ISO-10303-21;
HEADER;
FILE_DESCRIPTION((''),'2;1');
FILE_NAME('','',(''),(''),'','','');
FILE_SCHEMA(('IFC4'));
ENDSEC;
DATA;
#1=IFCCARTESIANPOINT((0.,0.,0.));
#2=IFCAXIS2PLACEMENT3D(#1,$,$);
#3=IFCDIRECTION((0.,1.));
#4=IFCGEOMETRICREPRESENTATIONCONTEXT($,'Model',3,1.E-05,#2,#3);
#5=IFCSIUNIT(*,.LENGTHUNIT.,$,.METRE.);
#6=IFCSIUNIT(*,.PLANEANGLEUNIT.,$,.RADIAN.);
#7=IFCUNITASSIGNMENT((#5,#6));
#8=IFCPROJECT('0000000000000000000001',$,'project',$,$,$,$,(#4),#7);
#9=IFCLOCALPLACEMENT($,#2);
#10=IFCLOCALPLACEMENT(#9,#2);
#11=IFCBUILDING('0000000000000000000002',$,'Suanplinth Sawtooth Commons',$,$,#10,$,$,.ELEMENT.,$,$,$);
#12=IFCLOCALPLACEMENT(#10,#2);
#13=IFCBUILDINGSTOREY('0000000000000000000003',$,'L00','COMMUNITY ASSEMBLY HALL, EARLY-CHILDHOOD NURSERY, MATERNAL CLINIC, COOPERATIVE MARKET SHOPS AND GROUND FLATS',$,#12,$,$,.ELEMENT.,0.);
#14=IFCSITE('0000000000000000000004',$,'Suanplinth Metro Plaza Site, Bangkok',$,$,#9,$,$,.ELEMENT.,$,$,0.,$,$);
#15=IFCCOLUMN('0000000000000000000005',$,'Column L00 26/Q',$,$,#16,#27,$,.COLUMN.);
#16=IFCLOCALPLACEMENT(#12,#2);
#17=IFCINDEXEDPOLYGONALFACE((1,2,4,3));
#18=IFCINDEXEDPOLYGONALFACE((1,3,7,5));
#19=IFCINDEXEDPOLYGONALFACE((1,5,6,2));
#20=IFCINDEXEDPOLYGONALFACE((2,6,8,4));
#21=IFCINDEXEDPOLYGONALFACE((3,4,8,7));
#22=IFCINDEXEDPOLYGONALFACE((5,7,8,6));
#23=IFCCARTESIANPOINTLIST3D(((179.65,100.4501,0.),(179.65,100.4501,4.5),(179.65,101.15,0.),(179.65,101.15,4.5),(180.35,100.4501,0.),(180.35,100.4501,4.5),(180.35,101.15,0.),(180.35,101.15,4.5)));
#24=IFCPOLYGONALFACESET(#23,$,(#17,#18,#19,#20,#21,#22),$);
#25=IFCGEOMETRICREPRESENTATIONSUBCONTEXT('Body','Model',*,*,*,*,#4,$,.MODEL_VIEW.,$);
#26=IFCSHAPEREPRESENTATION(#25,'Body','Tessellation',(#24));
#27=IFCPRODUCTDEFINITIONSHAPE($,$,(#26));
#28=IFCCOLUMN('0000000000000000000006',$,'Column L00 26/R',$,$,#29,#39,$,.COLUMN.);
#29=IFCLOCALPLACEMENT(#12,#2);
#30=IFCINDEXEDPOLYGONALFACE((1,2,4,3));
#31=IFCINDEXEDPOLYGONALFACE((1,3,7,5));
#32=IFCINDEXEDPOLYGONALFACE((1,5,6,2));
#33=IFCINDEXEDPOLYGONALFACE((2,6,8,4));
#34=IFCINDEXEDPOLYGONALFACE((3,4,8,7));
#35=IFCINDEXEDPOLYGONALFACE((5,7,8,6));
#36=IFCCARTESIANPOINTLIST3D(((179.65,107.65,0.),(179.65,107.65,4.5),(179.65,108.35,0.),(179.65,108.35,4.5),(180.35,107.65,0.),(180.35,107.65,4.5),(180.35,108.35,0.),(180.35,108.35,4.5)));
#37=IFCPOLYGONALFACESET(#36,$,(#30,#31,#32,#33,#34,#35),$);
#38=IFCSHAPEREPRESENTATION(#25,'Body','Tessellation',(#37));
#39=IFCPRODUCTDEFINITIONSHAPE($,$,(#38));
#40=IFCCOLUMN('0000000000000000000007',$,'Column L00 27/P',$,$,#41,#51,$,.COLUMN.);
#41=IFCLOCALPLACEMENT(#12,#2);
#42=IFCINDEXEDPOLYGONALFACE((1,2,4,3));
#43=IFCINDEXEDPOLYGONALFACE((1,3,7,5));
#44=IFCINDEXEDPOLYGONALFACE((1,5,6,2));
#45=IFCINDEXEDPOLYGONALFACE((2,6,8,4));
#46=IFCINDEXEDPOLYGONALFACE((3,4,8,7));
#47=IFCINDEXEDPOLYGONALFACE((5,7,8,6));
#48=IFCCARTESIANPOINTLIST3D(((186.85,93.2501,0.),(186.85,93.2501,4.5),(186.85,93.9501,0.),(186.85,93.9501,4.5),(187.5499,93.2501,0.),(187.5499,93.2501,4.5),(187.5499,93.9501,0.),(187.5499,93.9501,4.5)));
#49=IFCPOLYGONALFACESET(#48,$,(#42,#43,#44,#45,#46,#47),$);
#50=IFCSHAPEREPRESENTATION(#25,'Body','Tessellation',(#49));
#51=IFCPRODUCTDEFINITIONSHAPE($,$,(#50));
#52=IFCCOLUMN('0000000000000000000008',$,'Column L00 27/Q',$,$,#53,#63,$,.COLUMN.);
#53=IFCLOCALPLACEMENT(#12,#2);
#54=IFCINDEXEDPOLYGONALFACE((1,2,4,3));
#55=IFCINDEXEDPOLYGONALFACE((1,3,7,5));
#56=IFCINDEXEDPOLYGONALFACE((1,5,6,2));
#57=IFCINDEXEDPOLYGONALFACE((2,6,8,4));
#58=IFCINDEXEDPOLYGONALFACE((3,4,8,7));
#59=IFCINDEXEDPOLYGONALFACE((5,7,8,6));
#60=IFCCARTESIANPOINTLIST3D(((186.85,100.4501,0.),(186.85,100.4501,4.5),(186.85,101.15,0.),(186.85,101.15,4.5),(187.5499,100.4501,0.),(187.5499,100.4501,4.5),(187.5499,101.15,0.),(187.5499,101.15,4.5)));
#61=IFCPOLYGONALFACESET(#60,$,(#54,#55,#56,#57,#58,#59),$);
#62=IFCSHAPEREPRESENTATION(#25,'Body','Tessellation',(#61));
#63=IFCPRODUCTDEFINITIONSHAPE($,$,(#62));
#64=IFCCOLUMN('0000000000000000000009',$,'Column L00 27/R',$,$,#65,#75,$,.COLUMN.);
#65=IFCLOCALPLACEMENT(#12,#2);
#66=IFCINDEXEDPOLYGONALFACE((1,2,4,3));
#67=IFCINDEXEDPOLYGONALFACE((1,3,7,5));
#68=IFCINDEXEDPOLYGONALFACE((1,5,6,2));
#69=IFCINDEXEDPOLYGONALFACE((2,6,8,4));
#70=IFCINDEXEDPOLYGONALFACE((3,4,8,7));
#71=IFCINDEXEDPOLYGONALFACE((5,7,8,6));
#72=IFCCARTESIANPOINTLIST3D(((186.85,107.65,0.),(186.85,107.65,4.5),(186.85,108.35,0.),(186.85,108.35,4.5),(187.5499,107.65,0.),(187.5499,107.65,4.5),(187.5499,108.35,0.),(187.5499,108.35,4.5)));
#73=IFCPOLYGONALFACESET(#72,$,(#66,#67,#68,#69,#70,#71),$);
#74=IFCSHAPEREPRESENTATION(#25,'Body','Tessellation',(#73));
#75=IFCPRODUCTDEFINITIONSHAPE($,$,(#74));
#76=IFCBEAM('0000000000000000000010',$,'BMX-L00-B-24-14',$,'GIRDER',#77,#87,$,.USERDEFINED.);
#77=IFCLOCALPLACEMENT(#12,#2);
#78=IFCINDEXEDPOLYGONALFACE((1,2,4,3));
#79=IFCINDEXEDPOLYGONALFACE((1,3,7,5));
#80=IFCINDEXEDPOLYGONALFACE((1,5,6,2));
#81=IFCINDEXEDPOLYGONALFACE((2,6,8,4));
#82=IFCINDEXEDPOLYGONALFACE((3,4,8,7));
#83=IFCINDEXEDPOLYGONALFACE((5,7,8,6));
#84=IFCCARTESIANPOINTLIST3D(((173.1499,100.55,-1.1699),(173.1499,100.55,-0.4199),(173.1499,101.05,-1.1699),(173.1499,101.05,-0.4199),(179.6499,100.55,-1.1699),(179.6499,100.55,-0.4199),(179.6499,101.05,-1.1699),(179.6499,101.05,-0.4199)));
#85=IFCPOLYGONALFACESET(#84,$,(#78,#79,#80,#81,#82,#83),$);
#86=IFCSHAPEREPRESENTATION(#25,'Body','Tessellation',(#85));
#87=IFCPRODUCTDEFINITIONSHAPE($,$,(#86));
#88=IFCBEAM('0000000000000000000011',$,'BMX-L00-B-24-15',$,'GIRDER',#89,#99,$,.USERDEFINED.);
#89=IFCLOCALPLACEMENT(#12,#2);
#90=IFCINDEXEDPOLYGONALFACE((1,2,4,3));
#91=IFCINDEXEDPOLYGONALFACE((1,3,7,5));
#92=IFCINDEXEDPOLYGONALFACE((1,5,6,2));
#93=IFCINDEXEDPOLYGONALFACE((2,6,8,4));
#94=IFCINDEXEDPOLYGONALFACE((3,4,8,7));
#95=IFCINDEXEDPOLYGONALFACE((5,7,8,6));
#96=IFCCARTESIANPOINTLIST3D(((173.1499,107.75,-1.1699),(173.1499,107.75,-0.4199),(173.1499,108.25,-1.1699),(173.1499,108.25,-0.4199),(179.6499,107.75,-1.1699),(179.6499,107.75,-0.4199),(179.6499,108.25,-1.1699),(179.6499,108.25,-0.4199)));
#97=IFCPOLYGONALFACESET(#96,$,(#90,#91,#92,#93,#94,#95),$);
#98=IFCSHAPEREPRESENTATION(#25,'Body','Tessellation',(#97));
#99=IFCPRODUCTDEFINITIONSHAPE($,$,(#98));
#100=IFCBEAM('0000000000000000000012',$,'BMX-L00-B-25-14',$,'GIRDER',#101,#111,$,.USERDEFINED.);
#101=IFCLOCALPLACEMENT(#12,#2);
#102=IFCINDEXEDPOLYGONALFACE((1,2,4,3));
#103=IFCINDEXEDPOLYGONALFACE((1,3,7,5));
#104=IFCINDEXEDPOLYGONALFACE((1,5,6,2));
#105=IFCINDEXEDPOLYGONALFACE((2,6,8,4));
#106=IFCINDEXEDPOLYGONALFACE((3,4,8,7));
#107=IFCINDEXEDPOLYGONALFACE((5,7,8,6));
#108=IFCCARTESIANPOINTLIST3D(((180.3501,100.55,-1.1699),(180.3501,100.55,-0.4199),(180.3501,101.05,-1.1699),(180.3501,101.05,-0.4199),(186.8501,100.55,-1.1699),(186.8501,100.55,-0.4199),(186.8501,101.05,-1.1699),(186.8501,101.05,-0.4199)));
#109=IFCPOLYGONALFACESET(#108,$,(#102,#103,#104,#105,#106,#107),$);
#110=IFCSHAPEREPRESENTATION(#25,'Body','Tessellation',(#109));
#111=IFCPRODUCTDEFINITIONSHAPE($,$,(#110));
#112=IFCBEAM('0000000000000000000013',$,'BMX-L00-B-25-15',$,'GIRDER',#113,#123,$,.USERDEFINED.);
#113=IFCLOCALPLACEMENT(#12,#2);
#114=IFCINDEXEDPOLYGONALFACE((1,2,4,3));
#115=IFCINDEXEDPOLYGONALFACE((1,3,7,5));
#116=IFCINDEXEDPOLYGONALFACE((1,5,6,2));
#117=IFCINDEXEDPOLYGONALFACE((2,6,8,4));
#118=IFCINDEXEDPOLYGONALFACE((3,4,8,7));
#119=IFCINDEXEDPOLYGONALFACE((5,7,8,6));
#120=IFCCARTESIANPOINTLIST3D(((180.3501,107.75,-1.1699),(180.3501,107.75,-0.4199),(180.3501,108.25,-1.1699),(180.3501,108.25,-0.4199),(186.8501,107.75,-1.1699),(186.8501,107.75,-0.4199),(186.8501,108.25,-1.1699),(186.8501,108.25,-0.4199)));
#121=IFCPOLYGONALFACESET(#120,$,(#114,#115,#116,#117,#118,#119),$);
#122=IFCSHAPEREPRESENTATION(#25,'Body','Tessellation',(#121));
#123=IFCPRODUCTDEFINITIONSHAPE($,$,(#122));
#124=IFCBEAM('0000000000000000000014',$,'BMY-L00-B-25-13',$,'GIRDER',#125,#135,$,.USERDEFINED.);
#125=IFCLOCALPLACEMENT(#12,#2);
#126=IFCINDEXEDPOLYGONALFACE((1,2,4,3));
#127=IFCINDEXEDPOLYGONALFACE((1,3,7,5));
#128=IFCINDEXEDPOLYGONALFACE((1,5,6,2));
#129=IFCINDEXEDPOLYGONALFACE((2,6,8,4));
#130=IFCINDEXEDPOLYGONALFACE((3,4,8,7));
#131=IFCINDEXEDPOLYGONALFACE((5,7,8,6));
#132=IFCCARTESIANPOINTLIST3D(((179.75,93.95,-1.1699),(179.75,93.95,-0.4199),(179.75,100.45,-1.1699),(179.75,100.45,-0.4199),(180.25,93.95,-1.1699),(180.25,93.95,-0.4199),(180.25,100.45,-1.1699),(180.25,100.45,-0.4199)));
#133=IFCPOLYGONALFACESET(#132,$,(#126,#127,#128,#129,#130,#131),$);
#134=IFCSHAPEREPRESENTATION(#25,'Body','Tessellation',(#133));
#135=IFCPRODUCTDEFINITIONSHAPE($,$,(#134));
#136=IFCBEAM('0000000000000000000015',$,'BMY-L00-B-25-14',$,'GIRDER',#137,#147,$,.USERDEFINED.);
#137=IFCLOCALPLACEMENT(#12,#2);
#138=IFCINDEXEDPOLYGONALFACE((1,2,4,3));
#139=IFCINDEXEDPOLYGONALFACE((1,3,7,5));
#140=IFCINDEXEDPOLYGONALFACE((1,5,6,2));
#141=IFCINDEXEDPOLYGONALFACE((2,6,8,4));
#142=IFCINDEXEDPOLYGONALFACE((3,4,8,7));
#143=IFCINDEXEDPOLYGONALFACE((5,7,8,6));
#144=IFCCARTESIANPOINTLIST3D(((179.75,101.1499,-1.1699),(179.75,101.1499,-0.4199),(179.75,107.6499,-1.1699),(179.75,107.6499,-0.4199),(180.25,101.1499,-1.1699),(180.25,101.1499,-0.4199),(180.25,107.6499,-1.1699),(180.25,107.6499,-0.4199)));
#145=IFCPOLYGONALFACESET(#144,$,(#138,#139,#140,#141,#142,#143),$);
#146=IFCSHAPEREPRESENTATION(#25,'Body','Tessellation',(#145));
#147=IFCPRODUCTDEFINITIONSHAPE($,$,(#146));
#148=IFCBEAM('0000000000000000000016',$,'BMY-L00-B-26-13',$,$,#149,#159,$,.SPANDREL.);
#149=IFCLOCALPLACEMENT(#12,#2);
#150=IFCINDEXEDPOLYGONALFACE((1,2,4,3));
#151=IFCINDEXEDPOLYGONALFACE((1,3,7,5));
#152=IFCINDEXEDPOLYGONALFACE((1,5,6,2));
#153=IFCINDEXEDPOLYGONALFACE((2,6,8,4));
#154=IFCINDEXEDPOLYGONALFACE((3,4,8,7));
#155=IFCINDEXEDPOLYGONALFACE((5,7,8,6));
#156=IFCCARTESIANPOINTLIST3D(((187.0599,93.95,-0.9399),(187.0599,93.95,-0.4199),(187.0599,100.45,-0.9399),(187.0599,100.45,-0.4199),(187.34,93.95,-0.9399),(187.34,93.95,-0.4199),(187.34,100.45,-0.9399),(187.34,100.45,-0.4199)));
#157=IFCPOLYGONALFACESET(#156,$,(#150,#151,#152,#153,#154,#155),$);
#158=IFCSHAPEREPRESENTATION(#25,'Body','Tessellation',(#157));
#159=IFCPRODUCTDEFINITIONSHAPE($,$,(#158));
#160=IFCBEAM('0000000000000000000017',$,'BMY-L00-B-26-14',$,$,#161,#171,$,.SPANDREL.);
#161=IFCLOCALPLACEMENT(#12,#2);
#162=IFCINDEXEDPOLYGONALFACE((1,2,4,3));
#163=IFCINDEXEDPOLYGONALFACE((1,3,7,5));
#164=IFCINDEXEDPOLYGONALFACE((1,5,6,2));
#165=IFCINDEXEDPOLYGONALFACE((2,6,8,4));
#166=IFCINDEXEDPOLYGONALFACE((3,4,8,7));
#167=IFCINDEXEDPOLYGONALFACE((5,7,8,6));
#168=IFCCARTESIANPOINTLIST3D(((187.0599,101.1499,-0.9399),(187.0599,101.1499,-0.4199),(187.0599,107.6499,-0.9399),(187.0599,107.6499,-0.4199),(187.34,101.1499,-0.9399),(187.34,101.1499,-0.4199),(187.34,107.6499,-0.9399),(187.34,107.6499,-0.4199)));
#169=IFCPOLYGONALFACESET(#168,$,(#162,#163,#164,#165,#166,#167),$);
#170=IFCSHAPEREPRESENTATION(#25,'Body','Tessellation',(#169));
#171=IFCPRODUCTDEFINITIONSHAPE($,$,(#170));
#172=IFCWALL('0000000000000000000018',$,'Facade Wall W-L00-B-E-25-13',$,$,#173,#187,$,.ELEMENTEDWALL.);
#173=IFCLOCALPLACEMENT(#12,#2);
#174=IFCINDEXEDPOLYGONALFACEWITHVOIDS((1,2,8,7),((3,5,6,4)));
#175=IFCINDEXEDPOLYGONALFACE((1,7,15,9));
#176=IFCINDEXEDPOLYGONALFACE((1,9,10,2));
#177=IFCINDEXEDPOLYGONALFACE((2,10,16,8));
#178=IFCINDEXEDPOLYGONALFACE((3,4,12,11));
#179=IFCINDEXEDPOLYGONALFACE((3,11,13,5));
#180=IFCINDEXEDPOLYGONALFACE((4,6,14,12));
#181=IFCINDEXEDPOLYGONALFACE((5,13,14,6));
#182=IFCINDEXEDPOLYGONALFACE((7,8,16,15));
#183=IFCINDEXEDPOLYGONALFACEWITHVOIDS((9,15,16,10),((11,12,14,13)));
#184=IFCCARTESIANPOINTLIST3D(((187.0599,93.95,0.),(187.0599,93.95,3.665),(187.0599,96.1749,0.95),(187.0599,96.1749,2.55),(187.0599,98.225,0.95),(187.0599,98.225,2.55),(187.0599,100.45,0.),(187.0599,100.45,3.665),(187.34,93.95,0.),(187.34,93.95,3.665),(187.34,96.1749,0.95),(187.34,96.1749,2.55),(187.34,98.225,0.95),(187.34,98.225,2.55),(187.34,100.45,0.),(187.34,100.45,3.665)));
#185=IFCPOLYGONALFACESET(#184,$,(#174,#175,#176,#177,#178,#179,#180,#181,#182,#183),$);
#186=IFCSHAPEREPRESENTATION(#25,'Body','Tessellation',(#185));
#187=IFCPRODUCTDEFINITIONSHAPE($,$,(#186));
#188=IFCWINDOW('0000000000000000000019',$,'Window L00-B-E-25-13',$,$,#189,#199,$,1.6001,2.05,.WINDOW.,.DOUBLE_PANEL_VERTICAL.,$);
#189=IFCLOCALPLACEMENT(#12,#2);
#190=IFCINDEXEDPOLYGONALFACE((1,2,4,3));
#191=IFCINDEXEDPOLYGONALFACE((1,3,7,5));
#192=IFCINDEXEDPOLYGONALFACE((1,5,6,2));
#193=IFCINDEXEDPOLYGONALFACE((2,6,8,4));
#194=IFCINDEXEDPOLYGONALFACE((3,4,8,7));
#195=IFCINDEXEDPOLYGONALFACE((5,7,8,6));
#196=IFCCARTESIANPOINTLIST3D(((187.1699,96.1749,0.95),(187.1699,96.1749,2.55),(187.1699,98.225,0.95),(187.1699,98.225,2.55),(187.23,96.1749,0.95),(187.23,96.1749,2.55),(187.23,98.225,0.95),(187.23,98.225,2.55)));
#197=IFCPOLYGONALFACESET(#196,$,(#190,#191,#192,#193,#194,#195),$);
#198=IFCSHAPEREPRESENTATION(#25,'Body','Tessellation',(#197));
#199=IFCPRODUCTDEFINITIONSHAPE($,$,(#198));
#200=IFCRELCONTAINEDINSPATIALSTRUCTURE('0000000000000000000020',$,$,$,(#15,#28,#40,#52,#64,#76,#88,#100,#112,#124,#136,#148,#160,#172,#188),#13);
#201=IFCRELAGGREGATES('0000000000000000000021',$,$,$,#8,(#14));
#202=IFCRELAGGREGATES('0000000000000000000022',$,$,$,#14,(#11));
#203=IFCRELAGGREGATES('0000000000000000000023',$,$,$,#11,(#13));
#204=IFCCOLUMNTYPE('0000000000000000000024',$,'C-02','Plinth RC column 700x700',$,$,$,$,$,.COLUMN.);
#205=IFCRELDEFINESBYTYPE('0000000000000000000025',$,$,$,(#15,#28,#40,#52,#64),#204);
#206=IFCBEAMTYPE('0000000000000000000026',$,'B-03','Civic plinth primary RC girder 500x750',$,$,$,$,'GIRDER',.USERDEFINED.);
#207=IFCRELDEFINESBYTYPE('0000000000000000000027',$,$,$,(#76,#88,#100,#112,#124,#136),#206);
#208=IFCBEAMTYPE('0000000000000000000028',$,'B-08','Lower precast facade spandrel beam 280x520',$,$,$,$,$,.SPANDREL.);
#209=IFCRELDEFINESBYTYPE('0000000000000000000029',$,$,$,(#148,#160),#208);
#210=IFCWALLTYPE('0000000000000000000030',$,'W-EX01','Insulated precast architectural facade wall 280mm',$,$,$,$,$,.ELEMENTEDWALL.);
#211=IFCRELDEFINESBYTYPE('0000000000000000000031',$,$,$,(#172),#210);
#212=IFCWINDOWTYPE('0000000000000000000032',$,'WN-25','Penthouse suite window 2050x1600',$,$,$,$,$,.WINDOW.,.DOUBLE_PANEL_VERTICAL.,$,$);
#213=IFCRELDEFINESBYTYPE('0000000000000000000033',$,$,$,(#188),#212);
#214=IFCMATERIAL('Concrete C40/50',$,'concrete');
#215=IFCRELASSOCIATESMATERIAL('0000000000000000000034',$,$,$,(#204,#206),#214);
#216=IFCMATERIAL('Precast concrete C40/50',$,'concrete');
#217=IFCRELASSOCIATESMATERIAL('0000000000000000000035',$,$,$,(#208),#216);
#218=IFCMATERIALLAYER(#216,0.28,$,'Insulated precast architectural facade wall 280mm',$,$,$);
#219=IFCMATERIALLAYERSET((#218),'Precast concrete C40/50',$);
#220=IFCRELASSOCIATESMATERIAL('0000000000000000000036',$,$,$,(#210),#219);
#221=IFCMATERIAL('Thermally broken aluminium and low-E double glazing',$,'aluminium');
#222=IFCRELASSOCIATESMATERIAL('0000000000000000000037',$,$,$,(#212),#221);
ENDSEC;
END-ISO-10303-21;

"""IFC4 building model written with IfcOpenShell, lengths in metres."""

from ifc_helpers import new_model, si_unit, direction, frame, frame_2d, origin, origin_2d, place, context, subcontext, project, spatial, rectangle, extrude, material, layer, layer_set, material_profile, profile_set, type_object, element, fill, save


model = new_model("IFC4")

# Units and contexts
model_context = context("Model", 3, precision=1e-05, world=origin(), true_north=direction((0.0, 1.0)))
body_context = subcontext(model_context, "Body", "Model", "MODEL_VIEW")
ifc_project = project(units=[si_unit("LENGTHUNIT", "METRE"), si_unit("PLANEANGLEUNIT", "RADIAN")], contexts=[model_context])

# Site, building, storey
site_placement = place(None, origin())
site = spatial("IfcSite", under=ifc_project, at=site_placement, Name="Suanplinth Metro Plaza Site, Bangkok", CompositionType="ELEMENT", RefElevation=0.0)
building_placement = place(site_placement, origin())
building = spatial("IfcBuilding", under=site, at=building_placement, Name="Suanplinth Sawtooth Commons", CompositionType="ELEMENT")
storey_placement = place(building_placement, origin())
storey = spatial("IfcBuildingStorey", under=building, at=storey_placement, Name="L00", Description="COMMUNITY ASSEMBLY HALL, EARLY-CHILDHOOD NURSERY, MATERNAL CLINIC, COOPERATIVE MARKET SHOPS AND GROUND FLATS", CompositionType="ELEMENT", Elevation=0.0)

# Columns
ifc_material_1 = material(Name="Concrete C40/50", Category="concrete")
ifc_material_profile_1 = material_profile(ifc_material_1, rectangle(XDim=0.7, YDim=0.7, at=origin_2d()), Name="RC-COL 700x700")
ifc_profile_set_1 = profile_set([ifc_material_profile_1], Name="Concrete C40/50")
column_type = type_object("IfcColumnType", Name="C-02", Description="Plinth RC column 700x700", PredefinedType="COLUMN", material=ifc_profile_set_1)
for number, where, z_axis, x_axis, name in (
    (1, (180.0, 100.8, 0.0), (0.0, 0.0, 1.0), (1.0, 0.0, 0.0), "Column L00 26/Q"),
    (2, (180.0, 108.0, 0.0), (0.0, 0.0, 1.0), (1.0, 0.0, 0.0), "Column L00 26/R"),
    (3, (187.2, 93.6001, 0.0), (0.0, 0.0, 1.0), (1.0, 0.0, 0.0), "Column L00 27/P"),
    (4, (187.2, 100.8, 0.0), (0.0, 0.0, 1.0), (1.0, 0.0, 0.0), "Column L00 27/Q"),
    (5, (187.2, 108.0, 0.0), (0.0, 0.0, 1.0), (1.0, 0.0, 0.0), "Column L00 27/R"),
):
    element("IfcColumn", number, at=place(storey_placement, frame(where, z_axis=z_axis, x_axis=x_axis)), inside=storey, type_object=column_type, Name=name, PredefinedType="COLUMN", context=body_context, shape_type="SweptSolid", body=[
        extrude(rectangle(XDim=0.7, YDim=0.7, at=origin_2d()), origin(), (0.0, 0.0, 1.0), 4.5),
    ])

# Beams
ifc_material_profile_2 = material_profile(ifc_material_1, rectangle(XDim=0.5, YDim=0.75, at=origin_2d()), Name="RC-GDR 500x750")
ifc_profile_set_2 = profile_set([ifc_material_profile_2], Name="Concrete C40/50")
beam_type_1 = type_object("IfcBeamType", Name="B-03", Description="Civic plinth primary RC girder 500x750", ElementType="GIRDER", PredefinedType="USERDEFINED", material=ifc_profile_set_2)
for number, where, z_axis, x_axis, name in (
    (6, (173.1499, 100.8, -0.7949), (1.0, 0.0, 0.0), (0.0, 1.0, 0.0), "BMX-L00-B-24-14"),
    (7, (173.1499, 108.0, -0.7949), (1.0, 0.0, 0.0), (0.0, 1.0, 0.0), "BMX-L00-B-24-15"),
    (8, (180.3501, 100.8, -0.7949), (1.0, 0.0, 0.0), (0.0, 1.0, 0.0), "BMX-L00-B-25-14"),
    (9, (180.3501, 108.0, -0.7949), (1.0, 0.0, 0.0), (0.0, 1.0, 0.0), "BMX-L00-B-25-15"),
    (10, (180.0, 93.95, -0.7949), (0.0, 1.0, 0.0), (-1.0, 0.0, 0.0), "BMY-L00-B-25-13"),
    (11, (180.0, 101.1499, -0.7949), (0.0, 1.0, 0.0), (-1.0, 0.0, 0.0), "BMY-L00-B-25-14"),
):
    element("IfcBeam", number, at=place(storey_placement, frame(where, z_axis=z_axis, x_axis=x_axis)), inside=storey, type_object=beam_type_1, Name=name, ObjectType="GIRDER", PredefinedType="USERDEFINED", context=body_context, shape_type="SweptSolid", body=[
        extrude(rectangle(XDim=0.5, YDim=0.75, at=origin_2d()), origin(), (0.0, 0.0, 1.0), 6.5),
    ])
ifc_material_2 = material(Name="Precast concrete C40/50", Category="concrete")
ifc_material_profile_3 = material_profile(ifc_material_2, rectangle(XDim=0.28, YDim=0.52, at=origin_2d()), Name="PC-SP 280x520")
ifc_profile_set_3 = profile_set([ifc_material_profile_3], Name="Precast concrete C40/50")
beam_type_2 = type_object("IfcBeamType", Name="B-08", Description="Lower precast facade spandrel beam 280x520", PredefinedType="SPANDREL", material=ifc_profile_set_3)
for number, where, z_axis, x_axis, name in (
    (12, (187.2, 93.95, -0.6799), (0.0, 1.0, 0.0), (-1.0, 0.0, 0.0), "BMY-L00-B-26-13"),
    (13, (187.2, 101.1499, -0.6799), (0.0, 1.0, 0.0), (-1.0, 0.0, 0.0), "BMY-L00-B-26-14"),
):
    element("IfcBeam", number, at=place(storey_placement, frame(where, z_axis=z_axis, x_axis=x_axis)), inside=storey, type_object=beam_type_2, Name=name, PredefinedType="SPANDREL", context=body_context, shape_type="SweptSolid", body=[
        extrude(rectangle(XDim=0.28, YDim=0.52, at=origin_2d()), origin(), (0.0, 0.0, 1.0), 6.5),
    ])

# Wall, opening, window
ifc_layer_1 = layer(ifc_material_2, 0.28, Name="Insulated precast architectural facade wall 280mm")
ifc_layer_set_1 = layer_set([ifc_layer_1], Name="Precast concrete C40/50")
wall_type_1 = type_object("IfcWallType", Name="W-EX01", Description="Insulated precast architectural facade wall 280mm", PredefinedType="ELEMENTEDWALL", material=ifc_layer_set_1)
wall_1_placement = place(storey_placement, frame((187.2, 93.95, 0.0), z_axis=(0.0, 0.0, 1.0), x_axis=(0.0, 1.0, 0.0)))
wall_1 = element("IfcWall", 14, at=wall_1_placement, inside=storey, type_object=wall_type_1, Name="Facade Wall W-L00-B-E-25-13", PredefinedType="ELEMENTEDWALL", context=body_context, shape_type="SweptSolid", body=[
    extrude(rectangle(XDim=6.5, YDim=0.28, at=frame_2d((3.25, 0.0))), origin(), (0.0, 0.0, 1.0), 3.665),
])
opening_1_placement = place(wall_1_placement, frame((2.2251, 0.0, 0.95)))
opening_1 = element("IfcOpeningElement", 15, at=opening_1_placement, cuts=wall_1, PredefinedType="OPENING", context=body_context, shape_type="SweptSolid", body=[
    extrude(rectangle(XDim=2.05, YDim=1.6001, at=frame_2d((1.0249, 0.8))), frame((0.0, 0.1548, 0.0), z_axis=(0.0, -1.0, 0.0), x_axis=(1.0, 0.0, 0.0)), (0.0, 0.0, 1.0), 0.3098),
])
ifc_material_3 = material(Name="Thermally broken aluminium and low-E double glazing", Category="aluminium")
window_type_1 = type_object("IfcWindowType", Name="WN-25", Description="Penthouse suite window 2050x1600", PartitioningType="DOUBLE_PANEL_VERTICAL", PredefinedType="WINDOW", material=ifc_material_3)
window_1_placement = place(opening_1_placement, origin())
window_1 = element("IfcWindow", 16, at=window_1_placement, inside=storey, type_object=window_type_1, Name="Window L00-B-E-25-13", OverallHeight=1.6001, OverallWidth=2.05, PartitioningType="DOUBLE_PANEL_VERTICAL", PredefinedType="WINDOW", context=body_context, shape_type="SweptSolid", body=[
    extrude(rectangle(XDim=2.05, YDim=1.6001, at=frame_2d((1.0249, 0.8))), frame((0.0, 0.03, 0.0), z_axis=(0.0, -1.0, 0.0), x_axis=(1.0, 0.0, 0.0)), (0.0, 0.0, 1.0), 0.0601),
])
fill(opening_1, window_1)

save(model, "model.ifc")
